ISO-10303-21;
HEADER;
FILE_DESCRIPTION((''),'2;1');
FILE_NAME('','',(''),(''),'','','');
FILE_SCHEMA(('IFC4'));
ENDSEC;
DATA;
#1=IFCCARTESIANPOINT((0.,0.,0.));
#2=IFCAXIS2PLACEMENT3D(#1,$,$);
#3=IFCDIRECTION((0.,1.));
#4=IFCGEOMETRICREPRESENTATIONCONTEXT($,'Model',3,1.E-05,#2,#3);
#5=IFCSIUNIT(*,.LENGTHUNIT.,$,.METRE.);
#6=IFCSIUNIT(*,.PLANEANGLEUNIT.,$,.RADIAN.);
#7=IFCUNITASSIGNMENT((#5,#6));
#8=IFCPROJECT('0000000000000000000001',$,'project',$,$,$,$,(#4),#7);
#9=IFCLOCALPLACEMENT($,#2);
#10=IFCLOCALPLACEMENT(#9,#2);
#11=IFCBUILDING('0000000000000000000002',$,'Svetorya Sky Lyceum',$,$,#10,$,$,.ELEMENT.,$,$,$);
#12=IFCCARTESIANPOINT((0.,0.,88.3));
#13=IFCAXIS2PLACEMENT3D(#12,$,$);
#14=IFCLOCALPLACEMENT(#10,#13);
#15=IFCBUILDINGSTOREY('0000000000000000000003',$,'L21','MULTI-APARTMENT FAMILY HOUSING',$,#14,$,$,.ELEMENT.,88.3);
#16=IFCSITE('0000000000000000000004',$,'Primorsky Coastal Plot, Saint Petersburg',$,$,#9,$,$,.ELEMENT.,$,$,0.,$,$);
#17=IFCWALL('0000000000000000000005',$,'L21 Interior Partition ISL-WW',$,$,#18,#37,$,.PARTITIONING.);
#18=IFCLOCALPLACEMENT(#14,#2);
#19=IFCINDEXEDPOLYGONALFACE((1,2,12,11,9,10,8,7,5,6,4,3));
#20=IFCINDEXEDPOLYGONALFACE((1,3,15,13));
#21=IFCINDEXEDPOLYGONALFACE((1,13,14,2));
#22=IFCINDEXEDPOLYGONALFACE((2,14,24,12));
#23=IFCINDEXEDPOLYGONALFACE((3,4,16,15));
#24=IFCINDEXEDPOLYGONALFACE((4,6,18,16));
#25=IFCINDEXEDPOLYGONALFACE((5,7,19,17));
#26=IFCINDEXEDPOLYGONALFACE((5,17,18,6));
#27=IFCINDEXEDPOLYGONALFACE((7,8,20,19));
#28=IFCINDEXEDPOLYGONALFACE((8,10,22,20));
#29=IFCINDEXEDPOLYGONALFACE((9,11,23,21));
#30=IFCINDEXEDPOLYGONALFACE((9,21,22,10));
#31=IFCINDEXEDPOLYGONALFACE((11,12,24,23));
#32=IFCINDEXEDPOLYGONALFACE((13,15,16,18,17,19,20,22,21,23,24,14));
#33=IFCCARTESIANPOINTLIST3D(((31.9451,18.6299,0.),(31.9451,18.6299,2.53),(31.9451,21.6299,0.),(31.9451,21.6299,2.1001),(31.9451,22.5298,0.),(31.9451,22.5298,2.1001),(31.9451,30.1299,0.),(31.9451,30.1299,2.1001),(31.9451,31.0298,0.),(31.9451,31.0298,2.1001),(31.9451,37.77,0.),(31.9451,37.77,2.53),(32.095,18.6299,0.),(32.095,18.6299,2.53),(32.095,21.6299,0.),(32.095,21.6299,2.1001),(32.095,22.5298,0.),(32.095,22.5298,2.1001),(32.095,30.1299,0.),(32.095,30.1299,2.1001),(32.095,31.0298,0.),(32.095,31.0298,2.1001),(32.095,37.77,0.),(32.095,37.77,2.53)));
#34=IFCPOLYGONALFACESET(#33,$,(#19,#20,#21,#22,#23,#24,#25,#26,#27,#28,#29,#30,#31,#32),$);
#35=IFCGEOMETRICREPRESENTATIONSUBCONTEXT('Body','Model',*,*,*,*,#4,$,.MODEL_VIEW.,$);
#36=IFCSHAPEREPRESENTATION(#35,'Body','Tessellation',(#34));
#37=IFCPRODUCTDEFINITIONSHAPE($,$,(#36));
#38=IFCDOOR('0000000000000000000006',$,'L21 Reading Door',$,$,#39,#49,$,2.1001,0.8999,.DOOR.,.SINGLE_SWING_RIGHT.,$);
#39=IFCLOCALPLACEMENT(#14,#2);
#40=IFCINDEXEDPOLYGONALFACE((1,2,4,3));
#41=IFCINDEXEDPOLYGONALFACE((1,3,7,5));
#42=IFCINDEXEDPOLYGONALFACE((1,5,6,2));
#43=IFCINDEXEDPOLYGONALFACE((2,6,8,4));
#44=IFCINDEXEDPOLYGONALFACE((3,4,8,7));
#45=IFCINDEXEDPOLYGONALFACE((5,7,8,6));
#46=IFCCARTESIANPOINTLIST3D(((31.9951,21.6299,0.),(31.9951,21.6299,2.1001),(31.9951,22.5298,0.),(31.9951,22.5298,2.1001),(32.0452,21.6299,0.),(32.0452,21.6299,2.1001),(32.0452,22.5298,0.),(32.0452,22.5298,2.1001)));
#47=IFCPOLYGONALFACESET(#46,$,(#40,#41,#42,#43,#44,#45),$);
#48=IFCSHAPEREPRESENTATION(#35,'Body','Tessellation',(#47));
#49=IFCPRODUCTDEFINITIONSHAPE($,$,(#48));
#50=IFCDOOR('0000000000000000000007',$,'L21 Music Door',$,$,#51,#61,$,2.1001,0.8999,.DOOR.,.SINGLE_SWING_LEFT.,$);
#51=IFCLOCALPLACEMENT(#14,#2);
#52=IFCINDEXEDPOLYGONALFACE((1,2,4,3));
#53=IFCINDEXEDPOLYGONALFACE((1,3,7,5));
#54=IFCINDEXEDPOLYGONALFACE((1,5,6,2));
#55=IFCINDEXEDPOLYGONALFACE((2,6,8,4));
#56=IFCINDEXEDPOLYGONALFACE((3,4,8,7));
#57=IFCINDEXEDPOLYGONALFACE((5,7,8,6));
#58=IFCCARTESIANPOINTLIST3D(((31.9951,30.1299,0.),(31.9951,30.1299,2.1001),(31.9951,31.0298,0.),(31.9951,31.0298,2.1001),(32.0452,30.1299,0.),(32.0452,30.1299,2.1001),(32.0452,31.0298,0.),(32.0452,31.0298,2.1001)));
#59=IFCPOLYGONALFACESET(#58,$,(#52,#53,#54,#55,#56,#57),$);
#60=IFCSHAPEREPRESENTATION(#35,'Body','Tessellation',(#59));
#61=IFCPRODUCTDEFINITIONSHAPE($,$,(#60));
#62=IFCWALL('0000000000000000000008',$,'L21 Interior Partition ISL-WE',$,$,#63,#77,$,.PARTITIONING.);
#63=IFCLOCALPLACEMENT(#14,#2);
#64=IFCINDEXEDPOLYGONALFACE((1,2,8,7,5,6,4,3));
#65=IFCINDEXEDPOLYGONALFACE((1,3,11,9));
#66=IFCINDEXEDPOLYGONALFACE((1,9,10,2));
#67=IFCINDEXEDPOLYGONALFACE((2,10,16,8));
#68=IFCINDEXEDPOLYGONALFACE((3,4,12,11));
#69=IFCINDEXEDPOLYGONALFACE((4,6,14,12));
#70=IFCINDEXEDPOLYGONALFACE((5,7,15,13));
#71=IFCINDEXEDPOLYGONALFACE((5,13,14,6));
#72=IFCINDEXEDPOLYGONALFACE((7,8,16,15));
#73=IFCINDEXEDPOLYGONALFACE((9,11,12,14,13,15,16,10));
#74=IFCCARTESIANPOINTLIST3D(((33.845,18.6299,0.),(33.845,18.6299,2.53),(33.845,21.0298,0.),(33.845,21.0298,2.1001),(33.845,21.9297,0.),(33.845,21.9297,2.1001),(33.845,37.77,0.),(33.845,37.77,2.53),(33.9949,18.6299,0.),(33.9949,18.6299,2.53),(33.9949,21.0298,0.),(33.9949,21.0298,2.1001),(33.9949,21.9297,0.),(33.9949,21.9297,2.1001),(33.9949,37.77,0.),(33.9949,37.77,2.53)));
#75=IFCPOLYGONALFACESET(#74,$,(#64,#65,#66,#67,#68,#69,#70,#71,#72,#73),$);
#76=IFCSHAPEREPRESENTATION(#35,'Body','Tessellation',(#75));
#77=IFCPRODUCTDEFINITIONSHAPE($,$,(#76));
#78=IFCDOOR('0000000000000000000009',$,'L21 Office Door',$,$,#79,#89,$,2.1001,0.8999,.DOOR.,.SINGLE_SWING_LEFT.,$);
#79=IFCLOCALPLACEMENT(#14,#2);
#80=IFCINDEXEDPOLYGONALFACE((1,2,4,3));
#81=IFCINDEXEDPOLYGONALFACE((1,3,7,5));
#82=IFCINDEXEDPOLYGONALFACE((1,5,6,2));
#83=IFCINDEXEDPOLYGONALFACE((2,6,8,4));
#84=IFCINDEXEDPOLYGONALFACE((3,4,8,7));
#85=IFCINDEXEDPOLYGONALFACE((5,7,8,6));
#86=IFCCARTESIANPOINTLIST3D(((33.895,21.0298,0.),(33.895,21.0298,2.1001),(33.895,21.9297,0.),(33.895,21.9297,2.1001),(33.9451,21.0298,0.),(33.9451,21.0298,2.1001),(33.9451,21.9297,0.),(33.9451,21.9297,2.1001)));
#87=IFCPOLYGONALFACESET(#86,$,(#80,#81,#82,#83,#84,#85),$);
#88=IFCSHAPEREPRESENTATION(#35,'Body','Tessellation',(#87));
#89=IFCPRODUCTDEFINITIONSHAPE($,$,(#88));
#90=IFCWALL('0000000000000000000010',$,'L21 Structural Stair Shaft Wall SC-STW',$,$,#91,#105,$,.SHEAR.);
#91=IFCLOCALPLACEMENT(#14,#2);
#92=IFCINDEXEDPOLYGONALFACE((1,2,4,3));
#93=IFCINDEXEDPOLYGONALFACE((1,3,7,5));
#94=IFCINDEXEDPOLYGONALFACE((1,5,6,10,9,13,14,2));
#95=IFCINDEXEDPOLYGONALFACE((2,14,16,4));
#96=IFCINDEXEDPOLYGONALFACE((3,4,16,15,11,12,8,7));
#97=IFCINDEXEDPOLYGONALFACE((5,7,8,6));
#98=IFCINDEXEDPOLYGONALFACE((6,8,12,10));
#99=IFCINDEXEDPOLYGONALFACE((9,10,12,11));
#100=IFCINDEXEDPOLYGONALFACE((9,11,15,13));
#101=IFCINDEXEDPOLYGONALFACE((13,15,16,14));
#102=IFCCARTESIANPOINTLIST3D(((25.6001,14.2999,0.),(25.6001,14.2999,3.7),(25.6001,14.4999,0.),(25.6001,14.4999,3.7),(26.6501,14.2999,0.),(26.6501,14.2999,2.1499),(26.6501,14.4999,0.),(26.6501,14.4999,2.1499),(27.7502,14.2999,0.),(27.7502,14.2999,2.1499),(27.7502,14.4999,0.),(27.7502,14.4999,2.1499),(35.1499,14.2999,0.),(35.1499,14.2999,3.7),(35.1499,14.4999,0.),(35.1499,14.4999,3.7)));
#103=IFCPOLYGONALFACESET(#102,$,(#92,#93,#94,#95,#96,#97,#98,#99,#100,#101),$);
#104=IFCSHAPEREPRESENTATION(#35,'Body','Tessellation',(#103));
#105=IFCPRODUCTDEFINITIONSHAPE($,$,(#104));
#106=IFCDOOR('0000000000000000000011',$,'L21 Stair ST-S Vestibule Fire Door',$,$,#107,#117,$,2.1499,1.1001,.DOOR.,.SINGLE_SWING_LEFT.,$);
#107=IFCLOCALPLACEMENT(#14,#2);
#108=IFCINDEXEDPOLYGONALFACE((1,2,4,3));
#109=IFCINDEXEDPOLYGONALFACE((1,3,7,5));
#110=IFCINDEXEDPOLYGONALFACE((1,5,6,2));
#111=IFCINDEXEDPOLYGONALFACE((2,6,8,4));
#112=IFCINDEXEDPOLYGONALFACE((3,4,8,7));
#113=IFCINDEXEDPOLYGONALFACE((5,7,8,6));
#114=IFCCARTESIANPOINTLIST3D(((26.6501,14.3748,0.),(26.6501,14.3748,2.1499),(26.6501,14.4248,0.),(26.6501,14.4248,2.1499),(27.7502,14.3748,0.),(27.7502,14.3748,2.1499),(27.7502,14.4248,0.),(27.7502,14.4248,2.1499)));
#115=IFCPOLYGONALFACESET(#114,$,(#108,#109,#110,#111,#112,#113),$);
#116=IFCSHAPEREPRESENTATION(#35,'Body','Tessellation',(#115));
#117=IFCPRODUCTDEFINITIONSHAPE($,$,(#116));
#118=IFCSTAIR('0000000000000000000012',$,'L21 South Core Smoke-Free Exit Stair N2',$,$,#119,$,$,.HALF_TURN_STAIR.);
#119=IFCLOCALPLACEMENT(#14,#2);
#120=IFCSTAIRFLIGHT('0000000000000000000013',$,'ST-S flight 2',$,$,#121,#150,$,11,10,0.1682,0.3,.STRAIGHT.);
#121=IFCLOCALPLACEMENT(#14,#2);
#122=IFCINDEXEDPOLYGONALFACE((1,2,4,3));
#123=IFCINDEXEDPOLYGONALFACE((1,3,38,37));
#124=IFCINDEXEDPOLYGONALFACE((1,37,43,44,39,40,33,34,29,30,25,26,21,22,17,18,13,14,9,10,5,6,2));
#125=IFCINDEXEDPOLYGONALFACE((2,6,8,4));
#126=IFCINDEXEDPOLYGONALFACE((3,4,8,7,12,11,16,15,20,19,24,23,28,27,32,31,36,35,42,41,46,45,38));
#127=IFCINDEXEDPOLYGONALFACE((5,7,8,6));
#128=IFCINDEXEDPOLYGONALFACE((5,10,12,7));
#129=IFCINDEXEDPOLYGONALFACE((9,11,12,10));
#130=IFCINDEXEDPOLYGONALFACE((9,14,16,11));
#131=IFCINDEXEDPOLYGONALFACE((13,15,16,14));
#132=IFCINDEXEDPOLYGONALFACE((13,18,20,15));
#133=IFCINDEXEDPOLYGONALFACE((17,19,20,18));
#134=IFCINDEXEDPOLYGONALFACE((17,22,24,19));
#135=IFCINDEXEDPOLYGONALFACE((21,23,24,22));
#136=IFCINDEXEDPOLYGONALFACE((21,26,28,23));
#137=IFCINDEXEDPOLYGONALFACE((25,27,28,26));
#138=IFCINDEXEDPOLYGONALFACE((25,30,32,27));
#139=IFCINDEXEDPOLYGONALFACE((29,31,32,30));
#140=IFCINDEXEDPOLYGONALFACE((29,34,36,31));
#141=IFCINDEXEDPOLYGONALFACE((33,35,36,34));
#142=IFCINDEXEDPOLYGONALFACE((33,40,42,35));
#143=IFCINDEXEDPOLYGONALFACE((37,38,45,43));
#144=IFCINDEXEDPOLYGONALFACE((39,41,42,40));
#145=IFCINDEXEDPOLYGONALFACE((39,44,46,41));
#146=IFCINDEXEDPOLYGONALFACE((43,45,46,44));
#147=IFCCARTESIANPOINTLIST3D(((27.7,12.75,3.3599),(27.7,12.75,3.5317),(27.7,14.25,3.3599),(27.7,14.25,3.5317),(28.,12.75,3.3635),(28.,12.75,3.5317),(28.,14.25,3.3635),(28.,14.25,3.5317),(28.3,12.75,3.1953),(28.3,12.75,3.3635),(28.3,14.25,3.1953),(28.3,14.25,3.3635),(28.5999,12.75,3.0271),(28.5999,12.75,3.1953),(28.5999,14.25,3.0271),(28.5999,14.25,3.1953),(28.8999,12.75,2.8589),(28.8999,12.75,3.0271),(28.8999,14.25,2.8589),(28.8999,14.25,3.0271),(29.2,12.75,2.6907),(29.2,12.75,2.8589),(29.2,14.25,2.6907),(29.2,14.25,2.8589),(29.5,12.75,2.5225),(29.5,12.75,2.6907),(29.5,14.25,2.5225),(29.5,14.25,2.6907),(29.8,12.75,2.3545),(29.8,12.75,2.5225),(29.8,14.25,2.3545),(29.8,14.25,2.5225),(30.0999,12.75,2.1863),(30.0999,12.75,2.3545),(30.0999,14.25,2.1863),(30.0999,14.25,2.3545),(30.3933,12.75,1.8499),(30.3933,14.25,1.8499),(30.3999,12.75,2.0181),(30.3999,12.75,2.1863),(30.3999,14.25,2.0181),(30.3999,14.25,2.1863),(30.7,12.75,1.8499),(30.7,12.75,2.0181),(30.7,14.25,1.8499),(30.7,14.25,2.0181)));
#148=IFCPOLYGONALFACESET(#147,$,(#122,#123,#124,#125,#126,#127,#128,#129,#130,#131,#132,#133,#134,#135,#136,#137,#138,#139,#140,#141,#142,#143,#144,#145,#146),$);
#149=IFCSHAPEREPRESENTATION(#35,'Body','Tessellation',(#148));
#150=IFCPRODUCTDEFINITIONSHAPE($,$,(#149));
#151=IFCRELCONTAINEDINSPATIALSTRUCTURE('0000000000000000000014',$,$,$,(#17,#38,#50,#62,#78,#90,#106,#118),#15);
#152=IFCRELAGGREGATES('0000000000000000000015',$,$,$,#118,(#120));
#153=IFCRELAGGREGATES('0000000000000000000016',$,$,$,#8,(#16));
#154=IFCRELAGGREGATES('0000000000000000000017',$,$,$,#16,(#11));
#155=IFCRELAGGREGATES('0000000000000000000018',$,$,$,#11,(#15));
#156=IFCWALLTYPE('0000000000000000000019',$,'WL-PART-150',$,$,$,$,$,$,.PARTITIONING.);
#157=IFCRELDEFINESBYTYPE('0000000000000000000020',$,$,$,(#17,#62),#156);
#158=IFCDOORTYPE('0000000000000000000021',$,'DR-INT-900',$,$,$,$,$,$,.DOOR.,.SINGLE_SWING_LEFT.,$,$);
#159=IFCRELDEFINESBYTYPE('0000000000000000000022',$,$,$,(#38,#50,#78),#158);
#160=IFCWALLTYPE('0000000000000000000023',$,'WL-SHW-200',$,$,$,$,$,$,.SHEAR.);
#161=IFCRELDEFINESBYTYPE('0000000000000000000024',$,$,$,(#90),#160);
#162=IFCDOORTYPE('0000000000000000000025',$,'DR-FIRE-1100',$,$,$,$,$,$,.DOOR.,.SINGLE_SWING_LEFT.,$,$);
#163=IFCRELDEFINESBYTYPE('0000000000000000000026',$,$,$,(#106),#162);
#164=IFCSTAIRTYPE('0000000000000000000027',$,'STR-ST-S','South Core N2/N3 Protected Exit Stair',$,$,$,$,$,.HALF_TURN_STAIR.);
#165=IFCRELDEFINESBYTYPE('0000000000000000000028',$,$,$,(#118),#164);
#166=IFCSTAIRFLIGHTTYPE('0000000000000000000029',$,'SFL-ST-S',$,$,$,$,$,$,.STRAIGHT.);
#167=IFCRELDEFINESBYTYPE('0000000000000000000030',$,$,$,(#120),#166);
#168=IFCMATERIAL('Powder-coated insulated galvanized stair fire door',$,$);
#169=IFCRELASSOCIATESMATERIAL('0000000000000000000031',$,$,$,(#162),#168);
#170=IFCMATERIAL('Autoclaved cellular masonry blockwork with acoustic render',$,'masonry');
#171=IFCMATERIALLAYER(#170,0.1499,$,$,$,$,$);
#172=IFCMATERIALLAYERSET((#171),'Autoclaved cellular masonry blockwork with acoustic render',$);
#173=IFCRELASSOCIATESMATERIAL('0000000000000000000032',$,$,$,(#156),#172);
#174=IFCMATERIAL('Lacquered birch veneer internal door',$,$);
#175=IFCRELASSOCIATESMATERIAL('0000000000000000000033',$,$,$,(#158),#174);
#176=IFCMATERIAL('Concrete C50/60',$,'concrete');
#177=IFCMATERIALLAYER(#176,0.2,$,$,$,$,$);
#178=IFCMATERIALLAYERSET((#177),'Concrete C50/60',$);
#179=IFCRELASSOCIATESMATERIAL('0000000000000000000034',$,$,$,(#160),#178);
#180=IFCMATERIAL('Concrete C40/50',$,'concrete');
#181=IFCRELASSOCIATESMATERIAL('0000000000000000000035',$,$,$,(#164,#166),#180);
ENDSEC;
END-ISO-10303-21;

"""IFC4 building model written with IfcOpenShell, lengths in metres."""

from ifc_helpers import new_model, si_unit, direction, frame, frame_2d, origin, place, context, subcontext, project, spatial, polyline, rectangle, outline, extrude, material, layer, layer_set, type_object, element, fill, aggregate, save


model = new_model("IFC4")

# Units and contexts
model_context = context("Model", 3, precision=1e-05, world=origin(), true_north=direction((0.0, 1.0)))
body_context = subcontext(model_context, "Body", "Model", "MODEL_VIEW")
ifc_project = project(units=[si_unit("LENGTHUNIT", "METRE"), si_unit("PLANEANGLEUNIT", "RADIAN")], contexts=[model_context])

# Site, building, storey
site_placement = place(None, origin())
site = spatial("IfcSite", under=ifc_project, at=site_placement, Name="Primorsky Coastal Plot, Saint Petersburg", CompositionType="ELEMENT", RefElevation=0.0)
building_placement = place(site_placement, origin())
building = spatial("IfcBuilding", under=site, at=building_placement, Name="Svetorya Sky Lyceum", CompositionType="ELEMENT")
storey_placement = place(building_placement, frame((0.0, 0.0, 88.3)))
storey = spatial("IfcBuildingStorey", under=building, at=storey_placement, Name="L21", Description="MULTI-APARTMENT FAMILY HOUSING", CompositionType="ELEMENT", Elevation=88.3)

# Shared definitions
ifc_material_1 = material(Name="Concrete C50/60", Category="concrete")

# Shared definitions
ifc_material_2 = material(Name="Powder-coated insulated galvanized stair fire door")
door_type_1 = type_object("IfcDoorType", Name="DR-FIRE-1100", OperationType="SINGLE_SWING_LEFT", PredefinedType="DOOR", material=ifc_material_2)

# Shared definitions
ifc_material_3 = material(Name="Autoclaved cellular masonry blockwork with acoustic render", Category="masonry")
ifc_layer_1 = layer(ifc_material_3, 0.1499)
ifc_layer_set_1 = layer_set([ifc_layer_1], Name="Autoclaved cellular masonry blockwork with acoustic render")
wall_type_1 = type_object("IfcWallType", Name="WL-PART-150", PredefinedType="PARTITIONING", material=ifc_layer_set_1)

# Wall, openings, doors
wall_1_placement = place(storey_placement, frame((32.02, 18.6299, 0.0), z_axis=(0.0, 0.0, 1.0), x_axis=(0.0, 1.0, 0.0)))
wall_1 = element("IfcWall", 1, at=wall_1_placement, inside=storey, type_object=wall_type_1, Name="L21 Interior Partition ISL-WW", PredefinedType="PARTITIONING", context=body_context, shape_type="SweptSolid", body=[
    extrude(rectangle(XDim=19.1401, YDim=0.1499, at=frame_2d((9.5701, 0.0))), origin(), (0.0, 0.0, 1.0), 2.53),
])
opening_1_placement = place(wall_1_placement, frame((3.0, 0.0, 0.0)))
opening_1 = element("IfcOpeningElement", 2, at=opening_1_placement, cuts=wall_1, PredefinedType="OPENING", context=body_context, shape_type="SweptSolid", body=[
    extrude(rectangle(XDim=0.8999, YDim=2.1001, at=frame_2d((0.45, 1.05))), frame((0.0, 0.085, 0.0), z_axis=(0.0, -1.0, 0.0), x_axis=(1.0, 0.0, 0.0)), (0.0, 0.0, 1.0), 0.1699),
])
opening_2_placement = place(wall_1_placement, frame((11.5, 0.0, 0.0)))
opening_2 = element("IfcOpeningElement", 3, at=opening_2_placement, cuts=wall_1, PredefinedType="OPENING", context=body_context, shape_type="SweptSolid", body=[
    extrude(rectangle(XDim=0.8999, YDim=2.1001, at=frame_2d((0.45, 1.05))), frame((0.0, 0.085, 0.0), z_axis=(0.0, -1.0, 0.0), x_axis=(1.0, 0.0, 0.0)), (0.0, 0.0, 1.0), 0.1699),
])
ifc_material_4 = material(Name="Lacquered birch veneer internal door")
door_type_2 = type_object("IfcDoorType", Name="DR-INT-900", OperationType="SINGLE_SWING_LEFT", PredefinedType="DOOR", material=ifc_material_4)
door_1_placement = place(opening_1_placement, origin())
door_1 = element("IfcDoor", 4, at=door_1_placement, inside=storey, type_object=door_type_2, Name="L21 Reading Door", OperationType="SINGLE_SWING_RIGHT", OverallHeight=2.1001, OverallWidth=0.8999, PredefinedType="DOOR", context=body_context, shape_type="SweptSolid", body=[
    extrude(rectangle(XDim=0.8999, YDim=2.1001, at=frame_2d((0.45, 1.05))), frame((0.0, 0.0249, 0.0), z_axis=(0.0, -1.0, 0.0), x_axis=(1.0, 0.0, 0.0)), (0.0, 0.0, 1.0), 0.05),
])
fill(opening_1, door_1)
door_2_placement = place(opening_2_placement, origin())
door_2 = element("IfcDoor", 5, at=door_2_placement, inside=storey, type_object=door_type_2, Name="L21 Music Door", OperationType="SINGLE_SWING_LEFT", OverallHeight=2.1001, OverallWidth=0.8999, PredefinedType="DOOR", context=body_context, shape_type="SweptSolid", body=[
    extrude(rectangle(XDim=0.8999, YDim=2.1001, at=frame_2d((0.45, 1.05))), frame((0.0, 0.0249, 0.0), z_axis=(0.0, -1.0, 0.0), x_axis=(1.0, 0.0, 0.0)), (0.0, 0.0, 1.0), 0.05),
])
fill(opening_2, door_2)

# Walls, openings, doors
wall_2_placement = place(storey_placement, frame((33.9199, 18.6299, 0.0), z_axis=(0.0, 0.0, 1.0), x_axis=(0.0, 1.0, 0.0)))
wall_2 = element("IfcWall", 6, at=wall_2_placement, inside=storey, type_object=wall_type_1, Name="L21 Interior Partition ISL-WE", PredefinedType="PARTITIONING", context=body_context, shape_type="SweptSolid", body=[
    extrude(rectangle(XDim=19.1401, YDim=0.1499, at=frame_2d((9.5701, 0.0))), origin(), (0.0, 0.0, 1.0), 2.53),
])
opening_3_placement = place(wall_2_placement, frame((2.3999, 0.0, 0.0)))
opening_3 = element("IfcOpeningElement", 7, at=opening_3_placement, cuts=wall_2, PredefinedType="OPENING", context=body_context, shape_type="SweptSolid", body=[
    extrude(rectangle(XDim=0.8999, YDim=2.1001, at=frame_2d((0.45, 1.05))), frame((0.0, 0.085, 0.0), z_axis=(0.0, -1.0, 0.0), x_axis=(1.0, 0.0, 0.0)), (0.0, 0.0, 1.0), 0.1699),
])
door_3_placement = place(opening_3_placement, origin())
door_3 = element("IfcDoor", 8, at=door_3_placement, inside=storey, type_object=door_type_2, Name="L21 Office Door", OperationType="SINGLE_SWING_LEFT", OverallHeight=2.1001, OverallWidth=0.8999, PredefinedType="DOOR", context=body_context, shape_type="SweptSolid", body=[
    extrude(rectangle(XDim=0.8999, YDim=2.1001, at=frame_2d((0.45, 1.05))), frame((0.0, 0.0249, 0.0), z_axis=(0.0, -1.0, 0.0), x_axis=(1.0, 0.0, 0.0)), (0.0, 0.0, 1.0), 0.05),
])
fill(opening_3, door_3)
ifc_layer_2 = layer(ifc_material_1, 0.2)
ifc_layer_set_2 = layer_set([ifc_layer_2], Name="Concrete C50/60")
wall_type_2 = type_object("IfcWallType", Name="WL-SHW-200", PredefinedType="SHEAR", material=ifc_layer_set_2)
wall_3_placement = place(storey_placement, frame((25.6001, 14.3999, 0.0), z_axis=(0.0, 0.0, 1.0), x_axis=(1.0, 0.0, 0.0)))
wall_3 = element("IfcWall", 9, at=wall_3_placement, inside=storey, type_object=wall_type_2, Name="L21 Structural Stair Shaft Wall SC-STW", PredefinedType="SHEAR", context=body_context, shape_type="SweptSolid", body=[
    extrude(rectangle(XDim=9.5498, YDim=0.2, at=frame_2d((4.7749, 0.0))), origin(), (0.0, 0.0, 1.0), 3.7),
])
opening_4_placement = place(wall_3_placement, frame((1.05, 0.0, 0.0)))
opening_4 = element("IfcOpeningElement", 10, at=opening_4_placement, cuts=wall_3, PredefinedType="OPENING", context=body_context, shape_type="SweptSolid", body=[
    extrude(rectangle(XDim=1.1001, YDim=2.1499, at=frame_2d((0.55, 1.075))), frame((0.0, 0.1099, 0.0), z_axis=(0.0, -1.0, 0.0), x_axis=(1.0, 0.0, 0.0)), (0.0, 0.0, 1.0), 0.22),
])
door_4_placement = place(opening_4_placement, origin())
door_4 = element("IfcDoor", 11, at=door_4_placement, inside=storey, type_object=door_type_1, Name="L21 Stair ST-S Vestibule Fire Door", OperationType="SINGLE_SWING_LEFT", OverallHeight=2.1499, OverallWidth=1.1001, PredefinedType="DOOR", context=body_context, shape_type="SweptSolid", body=[
    extrude(rectangle(XDim=1.1001, YDim=2.1499, at=frame_2d((0.55, 1.075))), frame((0.0, 0.0249, 0.0), z_axis=(0.0, -1.0, 0.0), x_axis=(1.0, 0.0, 0.0)), (0.0, 0.0, 1.0), 0.05),
])
fill(opening_4, door_4)

# Stair, stair flight
ifc_material_5 = material(Name="Concrete C40/50", Category="concrete")
stair_type = type_object("IfcStairType", Name="STR-ST-S", Description="South Core N2/N3 Protected Exit Stair", PredefinedType="HALF_TURN_STAIR", material=ifc_material_5)
stair_placement = place(storey_placement, origin())
stair = element("IfcStair", 12, at=stair_placement, inside=storey, type_object=stair_type, Name="L21 South Core Smoke-Free Exit Stair N2", PredefinedType="HALF_TURN_STAIR")
stair_flight_type = type_object("IfcStairFlightType", Name="SFL-ST-S", PredefinedType="STRAIGHT", material=ifc_material_5)
stair_flight_placement = place(storey_placement, frame((30.7, 13.5, 1.8499), z_axis=(0.0, 0.0, 1.0), x_axis=(-1.0, 0.0, 0.0)))
stair_flight = element("IfcStairFlight", 13, at=stair_flight_placement, type_object=stair_flight_type, Name="ST-S flight 2", NumberOfRisers=11, NumberOfTreads=10, PredefinedType="STRAIGHT", RiserHeight=0.1682, TreadLength=0.3, context=body_context, shape_type="SweptSolid", body=[
    extrude(outline(polyline([(0.0, 0.0), (0.0, 0.1682), (0.3, 0.1682), (0.3, 0.3364), (0.6001, 0.3364), (0.6001, 0.5046), (0.8999, 0.5046), (0.8999, 0.6726), (1.2, 0.6726), (1.2, 0.8408), (1.5, 0.8408), (1.5, 1.009), (1.8, 1.009), (1.8, 1.1772), (2.1001, 1.1772), (2.1001, 1.3455), (2.3999, 1.3455), (2.3999, 1.5137), (2.7, 1.5137), (2.7, 1.6819), (3.0, 1.6819), (3.0, 1.8501), (3.0, 1.51), (0.3066, 0.0), (0.0, 0.0)])), frame((0.0, 0.75, 0.0), z_axis=(0.0, -1.0, 0.0), x_axis=(1.0, 0.0, 0.0)), (0.0, 0.0, 1.0), 1.5),
])
aggregate(stair, [stair_flight])

save(model, "model.ifc")
